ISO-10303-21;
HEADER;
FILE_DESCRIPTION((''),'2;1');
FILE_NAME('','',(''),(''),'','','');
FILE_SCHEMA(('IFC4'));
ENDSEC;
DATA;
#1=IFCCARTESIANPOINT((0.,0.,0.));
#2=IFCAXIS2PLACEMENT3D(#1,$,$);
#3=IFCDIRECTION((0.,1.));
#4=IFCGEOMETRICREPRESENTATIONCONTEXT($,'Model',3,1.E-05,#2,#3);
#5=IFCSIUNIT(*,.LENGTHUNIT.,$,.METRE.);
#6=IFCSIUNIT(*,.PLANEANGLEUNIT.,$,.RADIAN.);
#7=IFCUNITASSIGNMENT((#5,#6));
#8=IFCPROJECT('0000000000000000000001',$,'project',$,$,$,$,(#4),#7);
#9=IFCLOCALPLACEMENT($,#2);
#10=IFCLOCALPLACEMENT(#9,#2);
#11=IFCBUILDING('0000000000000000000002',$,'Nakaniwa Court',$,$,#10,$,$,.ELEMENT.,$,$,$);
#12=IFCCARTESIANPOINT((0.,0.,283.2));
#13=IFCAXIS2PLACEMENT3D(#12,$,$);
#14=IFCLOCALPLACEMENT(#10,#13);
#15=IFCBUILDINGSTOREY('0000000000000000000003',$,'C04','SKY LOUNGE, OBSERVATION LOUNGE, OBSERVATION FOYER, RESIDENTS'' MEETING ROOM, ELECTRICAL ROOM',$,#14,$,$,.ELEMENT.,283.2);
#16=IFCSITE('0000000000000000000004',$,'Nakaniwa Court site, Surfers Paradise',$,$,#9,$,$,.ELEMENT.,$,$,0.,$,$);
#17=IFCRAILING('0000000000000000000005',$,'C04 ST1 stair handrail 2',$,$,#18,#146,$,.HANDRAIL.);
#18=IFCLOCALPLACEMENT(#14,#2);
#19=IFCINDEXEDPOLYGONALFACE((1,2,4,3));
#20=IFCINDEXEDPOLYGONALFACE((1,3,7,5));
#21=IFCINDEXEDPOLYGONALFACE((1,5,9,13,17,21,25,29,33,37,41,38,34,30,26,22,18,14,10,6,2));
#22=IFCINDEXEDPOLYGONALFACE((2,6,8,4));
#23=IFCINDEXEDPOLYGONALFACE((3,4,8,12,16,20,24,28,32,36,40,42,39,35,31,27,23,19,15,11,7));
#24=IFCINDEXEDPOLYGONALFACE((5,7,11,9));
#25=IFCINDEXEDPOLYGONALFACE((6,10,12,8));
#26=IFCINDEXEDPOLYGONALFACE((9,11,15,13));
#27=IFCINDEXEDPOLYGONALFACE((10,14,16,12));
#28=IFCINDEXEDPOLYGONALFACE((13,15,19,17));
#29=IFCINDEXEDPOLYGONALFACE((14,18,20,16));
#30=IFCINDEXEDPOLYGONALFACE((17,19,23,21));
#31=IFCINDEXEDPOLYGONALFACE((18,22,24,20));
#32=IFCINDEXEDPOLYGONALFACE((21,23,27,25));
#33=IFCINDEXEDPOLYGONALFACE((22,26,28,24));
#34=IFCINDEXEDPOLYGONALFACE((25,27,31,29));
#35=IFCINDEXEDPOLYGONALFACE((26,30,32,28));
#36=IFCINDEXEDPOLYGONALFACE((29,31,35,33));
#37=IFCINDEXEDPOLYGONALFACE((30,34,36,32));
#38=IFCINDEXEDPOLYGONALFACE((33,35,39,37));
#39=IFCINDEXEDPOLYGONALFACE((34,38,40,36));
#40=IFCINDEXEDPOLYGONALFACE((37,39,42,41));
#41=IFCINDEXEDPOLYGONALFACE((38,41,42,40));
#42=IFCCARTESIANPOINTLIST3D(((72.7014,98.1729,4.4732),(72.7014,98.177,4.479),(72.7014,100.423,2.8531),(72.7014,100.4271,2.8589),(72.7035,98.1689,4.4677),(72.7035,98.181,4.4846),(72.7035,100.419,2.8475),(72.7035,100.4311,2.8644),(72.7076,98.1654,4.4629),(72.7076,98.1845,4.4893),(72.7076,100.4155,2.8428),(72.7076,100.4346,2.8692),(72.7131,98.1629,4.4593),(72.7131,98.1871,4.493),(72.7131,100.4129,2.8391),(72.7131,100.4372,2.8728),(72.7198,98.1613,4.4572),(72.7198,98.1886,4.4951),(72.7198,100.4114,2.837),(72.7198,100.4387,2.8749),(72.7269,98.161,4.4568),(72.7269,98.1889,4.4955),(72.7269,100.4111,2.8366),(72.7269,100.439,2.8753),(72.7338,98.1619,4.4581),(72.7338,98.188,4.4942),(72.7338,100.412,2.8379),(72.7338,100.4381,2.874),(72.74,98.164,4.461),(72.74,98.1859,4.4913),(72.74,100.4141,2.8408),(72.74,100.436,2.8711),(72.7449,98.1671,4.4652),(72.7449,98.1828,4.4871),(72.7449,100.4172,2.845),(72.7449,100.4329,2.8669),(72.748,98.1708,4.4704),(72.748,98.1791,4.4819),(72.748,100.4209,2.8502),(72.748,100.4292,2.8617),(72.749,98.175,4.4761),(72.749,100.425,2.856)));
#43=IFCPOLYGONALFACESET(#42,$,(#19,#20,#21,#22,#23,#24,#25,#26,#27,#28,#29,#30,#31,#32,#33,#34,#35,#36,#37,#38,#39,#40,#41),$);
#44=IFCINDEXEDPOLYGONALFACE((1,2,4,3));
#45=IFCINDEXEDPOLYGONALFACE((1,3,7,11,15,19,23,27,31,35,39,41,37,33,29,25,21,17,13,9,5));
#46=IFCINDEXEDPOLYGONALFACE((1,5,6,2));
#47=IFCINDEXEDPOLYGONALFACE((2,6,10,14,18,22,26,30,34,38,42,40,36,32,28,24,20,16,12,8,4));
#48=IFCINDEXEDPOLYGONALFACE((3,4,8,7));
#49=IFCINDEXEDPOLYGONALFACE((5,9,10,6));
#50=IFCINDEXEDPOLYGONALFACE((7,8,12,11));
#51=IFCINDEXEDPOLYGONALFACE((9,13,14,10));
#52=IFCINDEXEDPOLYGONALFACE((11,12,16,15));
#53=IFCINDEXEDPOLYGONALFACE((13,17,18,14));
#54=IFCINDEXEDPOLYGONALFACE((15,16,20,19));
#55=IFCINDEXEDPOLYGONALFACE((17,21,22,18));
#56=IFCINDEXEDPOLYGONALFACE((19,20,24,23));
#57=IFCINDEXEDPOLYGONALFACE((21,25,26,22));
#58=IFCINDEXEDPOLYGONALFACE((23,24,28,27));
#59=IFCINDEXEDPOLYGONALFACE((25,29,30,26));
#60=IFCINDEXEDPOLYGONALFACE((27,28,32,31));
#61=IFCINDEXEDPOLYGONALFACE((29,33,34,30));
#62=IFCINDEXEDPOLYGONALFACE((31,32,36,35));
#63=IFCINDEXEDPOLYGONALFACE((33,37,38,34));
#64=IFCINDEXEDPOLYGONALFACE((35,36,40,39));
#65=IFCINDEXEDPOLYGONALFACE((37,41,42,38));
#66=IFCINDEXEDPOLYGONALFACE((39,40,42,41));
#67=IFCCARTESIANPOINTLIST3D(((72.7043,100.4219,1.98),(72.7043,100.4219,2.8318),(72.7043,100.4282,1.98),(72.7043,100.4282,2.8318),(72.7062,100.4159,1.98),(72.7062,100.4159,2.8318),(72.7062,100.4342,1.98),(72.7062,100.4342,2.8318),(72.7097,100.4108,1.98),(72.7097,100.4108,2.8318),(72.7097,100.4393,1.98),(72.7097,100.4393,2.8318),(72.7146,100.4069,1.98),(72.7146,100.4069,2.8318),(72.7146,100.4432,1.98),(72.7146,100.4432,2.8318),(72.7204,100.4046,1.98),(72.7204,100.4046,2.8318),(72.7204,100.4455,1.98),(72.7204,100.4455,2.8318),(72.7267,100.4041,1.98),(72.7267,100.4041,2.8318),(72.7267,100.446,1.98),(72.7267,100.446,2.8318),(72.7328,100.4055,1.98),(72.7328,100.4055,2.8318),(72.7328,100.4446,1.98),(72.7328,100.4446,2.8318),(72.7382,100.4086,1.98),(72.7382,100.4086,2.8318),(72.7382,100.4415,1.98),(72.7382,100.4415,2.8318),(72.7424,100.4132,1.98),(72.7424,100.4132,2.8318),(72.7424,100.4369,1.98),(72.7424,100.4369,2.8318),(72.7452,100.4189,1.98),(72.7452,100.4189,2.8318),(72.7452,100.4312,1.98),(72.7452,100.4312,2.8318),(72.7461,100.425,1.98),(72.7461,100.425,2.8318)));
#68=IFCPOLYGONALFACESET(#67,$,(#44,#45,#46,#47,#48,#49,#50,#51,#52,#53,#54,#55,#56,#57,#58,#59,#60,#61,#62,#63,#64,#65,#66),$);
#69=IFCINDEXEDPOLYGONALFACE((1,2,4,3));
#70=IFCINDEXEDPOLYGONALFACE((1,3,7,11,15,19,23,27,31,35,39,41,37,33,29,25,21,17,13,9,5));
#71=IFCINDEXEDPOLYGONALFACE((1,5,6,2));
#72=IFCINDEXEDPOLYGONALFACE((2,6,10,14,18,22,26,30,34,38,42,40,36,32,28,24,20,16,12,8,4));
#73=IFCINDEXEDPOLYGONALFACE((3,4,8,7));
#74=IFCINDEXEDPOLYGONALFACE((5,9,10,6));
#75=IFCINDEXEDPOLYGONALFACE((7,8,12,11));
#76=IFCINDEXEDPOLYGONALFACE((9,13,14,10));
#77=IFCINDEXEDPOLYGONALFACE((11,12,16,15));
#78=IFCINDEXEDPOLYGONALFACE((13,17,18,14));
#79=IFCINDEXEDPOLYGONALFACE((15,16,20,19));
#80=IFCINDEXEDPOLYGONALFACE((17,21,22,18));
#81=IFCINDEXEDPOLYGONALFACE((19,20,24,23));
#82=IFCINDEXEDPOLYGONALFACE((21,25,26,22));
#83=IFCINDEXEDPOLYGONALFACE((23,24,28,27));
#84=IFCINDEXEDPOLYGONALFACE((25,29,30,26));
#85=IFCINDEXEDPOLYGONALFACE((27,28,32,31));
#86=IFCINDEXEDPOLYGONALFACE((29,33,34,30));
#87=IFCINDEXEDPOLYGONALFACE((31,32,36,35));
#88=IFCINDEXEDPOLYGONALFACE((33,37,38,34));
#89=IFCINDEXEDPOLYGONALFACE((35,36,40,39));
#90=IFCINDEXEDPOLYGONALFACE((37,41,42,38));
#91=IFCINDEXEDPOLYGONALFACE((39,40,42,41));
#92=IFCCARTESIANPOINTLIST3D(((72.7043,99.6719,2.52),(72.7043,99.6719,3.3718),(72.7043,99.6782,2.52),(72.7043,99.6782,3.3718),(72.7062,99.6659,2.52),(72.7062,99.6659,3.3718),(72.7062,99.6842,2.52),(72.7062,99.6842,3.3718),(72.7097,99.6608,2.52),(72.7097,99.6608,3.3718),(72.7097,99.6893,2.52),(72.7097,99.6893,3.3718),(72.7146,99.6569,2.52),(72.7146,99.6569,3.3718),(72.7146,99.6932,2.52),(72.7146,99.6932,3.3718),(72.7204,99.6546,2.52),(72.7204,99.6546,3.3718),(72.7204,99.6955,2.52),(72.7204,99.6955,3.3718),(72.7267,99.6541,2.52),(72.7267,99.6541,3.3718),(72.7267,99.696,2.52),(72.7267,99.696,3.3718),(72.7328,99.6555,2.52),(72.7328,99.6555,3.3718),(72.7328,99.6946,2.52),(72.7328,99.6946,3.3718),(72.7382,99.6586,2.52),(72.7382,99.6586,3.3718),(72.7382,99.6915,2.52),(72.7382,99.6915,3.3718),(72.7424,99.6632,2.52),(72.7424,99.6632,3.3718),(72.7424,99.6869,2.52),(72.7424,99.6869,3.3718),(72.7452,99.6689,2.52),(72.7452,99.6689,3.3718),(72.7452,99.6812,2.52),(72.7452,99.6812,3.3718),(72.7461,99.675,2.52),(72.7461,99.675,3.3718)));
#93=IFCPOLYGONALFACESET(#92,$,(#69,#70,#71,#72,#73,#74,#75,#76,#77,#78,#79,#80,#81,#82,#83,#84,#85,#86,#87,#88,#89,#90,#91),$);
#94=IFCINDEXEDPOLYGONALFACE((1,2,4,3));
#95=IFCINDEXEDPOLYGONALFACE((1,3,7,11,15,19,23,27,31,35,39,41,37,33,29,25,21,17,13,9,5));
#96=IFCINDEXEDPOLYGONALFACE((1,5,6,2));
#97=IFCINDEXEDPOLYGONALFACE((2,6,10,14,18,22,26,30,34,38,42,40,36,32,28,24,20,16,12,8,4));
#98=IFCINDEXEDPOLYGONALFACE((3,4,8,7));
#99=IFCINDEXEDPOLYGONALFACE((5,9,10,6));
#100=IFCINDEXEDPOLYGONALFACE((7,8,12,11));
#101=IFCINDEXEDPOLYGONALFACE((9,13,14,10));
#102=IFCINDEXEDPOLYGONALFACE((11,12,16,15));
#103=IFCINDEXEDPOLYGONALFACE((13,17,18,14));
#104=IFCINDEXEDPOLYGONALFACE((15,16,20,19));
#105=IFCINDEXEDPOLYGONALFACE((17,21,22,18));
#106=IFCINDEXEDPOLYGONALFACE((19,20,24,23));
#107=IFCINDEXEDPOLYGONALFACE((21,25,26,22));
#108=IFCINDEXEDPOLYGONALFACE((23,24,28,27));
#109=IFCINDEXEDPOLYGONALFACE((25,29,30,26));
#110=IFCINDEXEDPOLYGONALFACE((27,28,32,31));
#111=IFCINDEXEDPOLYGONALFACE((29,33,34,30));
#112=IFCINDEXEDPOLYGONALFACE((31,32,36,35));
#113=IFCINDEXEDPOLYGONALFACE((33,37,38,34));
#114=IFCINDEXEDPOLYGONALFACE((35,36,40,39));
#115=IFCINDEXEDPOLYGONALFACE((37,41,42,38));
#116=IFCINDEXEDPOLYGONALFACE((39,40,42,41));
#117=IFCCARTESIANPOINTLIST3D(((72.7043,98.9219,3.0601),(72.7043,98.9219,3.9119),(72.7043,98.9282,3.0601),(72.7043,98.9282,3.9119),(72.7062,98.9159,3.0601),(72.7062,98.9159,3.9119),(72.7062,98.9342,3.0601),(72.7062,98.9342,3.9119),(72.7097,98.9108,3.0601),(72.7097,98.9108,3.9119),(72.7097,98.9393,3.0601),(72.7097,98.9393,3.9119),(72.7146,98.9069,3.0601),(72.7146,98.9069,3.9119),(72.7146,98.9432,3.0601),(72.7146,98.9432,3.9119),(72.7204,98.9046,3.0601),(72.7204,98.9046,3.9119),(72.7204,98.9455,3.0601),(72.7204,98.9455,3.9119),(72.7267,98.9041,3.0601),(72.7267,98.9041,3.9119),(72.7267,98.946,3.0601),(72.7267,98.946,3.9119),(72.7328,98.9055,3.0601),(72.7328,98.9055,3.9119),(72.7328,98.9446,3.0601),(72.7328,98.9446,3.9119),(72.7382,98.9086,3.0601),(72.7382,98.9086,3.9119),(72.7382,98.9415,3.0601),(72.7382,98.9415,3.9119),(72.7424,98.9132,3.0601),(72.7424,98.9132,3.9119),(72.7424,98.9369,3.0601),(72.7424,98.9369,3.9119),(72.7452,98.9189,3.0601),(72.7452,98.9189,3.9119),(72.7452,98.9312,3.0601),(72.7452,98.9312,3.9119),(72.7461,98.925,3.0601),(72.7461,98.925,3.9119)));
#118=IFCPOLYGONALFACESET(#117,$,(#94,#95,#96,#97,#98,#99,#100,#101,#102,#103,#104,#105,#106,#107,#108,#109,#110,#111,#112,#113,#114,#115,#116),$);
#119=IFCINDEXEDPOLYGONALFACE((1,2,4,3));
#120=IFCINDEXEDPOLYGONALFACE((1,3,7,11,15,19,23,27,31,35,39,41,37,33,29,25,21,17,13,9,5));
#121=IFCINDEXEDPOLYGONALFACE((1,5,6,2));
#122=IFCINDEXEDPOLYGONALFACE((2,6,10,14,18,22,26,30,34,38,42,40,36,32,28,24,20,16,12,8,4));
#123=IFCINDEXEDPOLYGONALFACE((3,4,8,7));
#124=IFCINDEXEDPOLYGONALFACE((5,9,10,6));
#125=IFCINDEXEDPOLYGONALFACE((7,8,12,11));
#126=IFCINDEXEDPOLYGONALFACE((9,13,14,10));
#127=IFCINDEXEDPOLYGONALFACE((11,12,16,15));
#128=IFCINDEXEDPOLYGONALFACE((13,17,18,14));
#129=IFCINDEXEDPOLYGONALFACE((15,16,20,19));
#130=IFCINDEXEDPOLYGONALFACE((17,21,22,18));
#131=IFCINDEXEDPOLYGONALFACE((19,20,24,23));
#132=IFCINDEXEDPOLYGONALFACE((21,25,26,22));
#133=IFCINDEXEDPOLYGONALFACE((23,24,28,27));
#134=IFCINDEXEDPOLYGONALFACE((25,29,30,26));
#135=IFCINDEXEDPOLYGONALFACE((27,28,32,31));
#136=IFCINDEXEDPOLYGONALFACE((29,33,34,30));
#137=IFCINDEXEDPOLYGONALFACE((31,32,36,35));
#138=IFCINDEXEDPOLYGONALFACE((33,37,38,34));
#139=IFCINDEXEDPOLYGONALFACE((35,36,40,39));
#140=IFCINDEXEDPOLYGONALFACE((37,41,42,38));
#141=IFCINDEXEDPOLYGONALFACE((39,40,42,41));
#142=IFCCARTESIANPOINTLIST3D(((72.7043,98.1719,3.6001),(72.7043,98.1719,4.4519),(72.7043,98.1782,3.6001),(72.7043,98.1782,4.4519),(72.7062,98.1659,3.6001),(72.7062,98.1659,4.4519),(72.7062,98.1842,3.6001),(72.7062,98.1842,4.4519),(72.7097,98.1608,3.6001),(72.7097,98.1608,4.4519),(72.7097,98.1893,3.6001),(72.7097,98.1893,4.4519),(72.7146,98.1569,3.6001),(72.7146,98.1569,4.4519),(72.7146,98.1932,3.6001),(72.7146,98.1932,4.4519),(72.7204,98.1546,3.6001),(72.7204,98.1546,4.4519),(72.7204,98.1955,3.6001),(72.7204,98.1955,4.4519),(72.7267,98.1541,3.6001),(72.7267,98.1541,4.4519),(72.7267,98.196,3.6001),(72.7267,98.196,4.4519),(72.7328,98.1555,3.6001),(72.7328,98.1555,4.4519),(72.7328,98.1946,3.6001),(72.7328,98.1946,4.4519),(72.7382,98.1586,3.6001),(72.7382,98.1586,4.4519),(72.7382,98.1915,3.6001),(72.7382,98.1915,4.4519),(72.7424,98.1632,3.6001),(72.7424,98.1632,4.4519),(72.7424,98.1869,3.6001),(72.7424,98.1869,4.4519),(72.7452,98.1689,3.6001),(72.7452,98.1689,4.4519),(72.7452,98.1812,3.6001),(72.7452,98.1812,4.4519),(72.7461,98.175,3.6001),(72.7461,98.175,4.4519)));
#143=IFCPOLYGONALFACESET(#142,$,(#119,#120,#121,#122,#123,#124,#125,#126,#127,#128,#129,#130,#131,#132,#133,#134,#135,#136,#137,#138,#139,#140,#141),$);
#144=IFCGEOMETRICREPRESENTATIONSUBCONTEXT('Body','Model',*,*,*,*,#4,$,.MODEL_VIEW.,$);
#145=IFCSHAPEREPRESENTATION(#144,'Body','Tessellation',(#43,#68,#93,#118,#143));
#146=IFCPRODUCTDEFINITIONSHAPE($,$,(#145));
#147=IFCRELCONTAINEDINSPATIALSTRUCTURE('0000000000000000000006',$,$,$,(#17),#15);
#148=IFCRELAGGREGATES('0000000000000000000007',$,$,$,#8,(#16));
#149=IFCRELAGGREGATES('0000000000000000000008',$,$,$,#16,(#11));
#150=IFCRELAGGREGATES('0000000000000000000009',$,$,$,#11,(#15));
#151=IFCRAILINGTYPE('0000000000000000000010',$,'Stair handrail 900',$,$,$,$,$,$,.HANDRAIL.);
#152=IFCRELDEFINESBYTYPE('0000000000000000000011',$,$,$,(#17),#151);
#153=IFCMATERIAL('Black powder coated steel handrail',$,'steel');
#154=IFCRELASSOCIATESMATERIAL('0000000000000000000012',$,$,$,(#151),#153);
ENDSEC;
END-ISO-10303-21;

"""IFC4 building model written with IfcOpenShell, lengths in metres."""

from ifc_helpers import new_model, si_unit, direction, frame, origin, origin_2d, place, context, subcontext, project, spatial, circle, extrude, material, type_object, element, save


model = new_model("IFC4")

# Units and contexts
model_context = context("Model", 3, precision=1e-05, world=origin(), true_north=direction((0.0, 1.0)))
body_context = subcontext(model_context, "Body", "Model", "MODEL_VIEW")
ifc_project = project(units=[si_unit("LENGTHUNIT", "METRE"), si_unit("PLANEANGLEUNIT", "RADIAN")], contexts=[model_context])

# Site, building, storey
site_placement = place(None, origin())
site = spatial("IfcSite", under=ifc_project, at=site_placement, Name="Nakaniwa Court site, Surfers Paradise", CompositionType="ELEMENT", RefElevation=0.0)
building_placement = place(site_placement, origin())
building = spatial("IfcBuilding", under=site, at=building_placement, Name="Nakaniwa Court", CompositionType="ELEMENT")
storey_placement = place(building_placement, frame((0.0, 0.0, 283.2)))
storey = spatial("IfcBuildingStorey", under=building, at=storey_placement, Name="C04", Description="SKY LOUNGE, OBSERVATION LOUNGE, OBSERVATION FOYER, RESIDENTS' MEETING ROOM, ELECTRICAL ROOM", CompositionType="ELEMENT", Elevation=283.2)

# Railing
ifc_material_1 = material(Name="Black powder coated steel handrail", Category="steel")
railing_type_1 = type_object("IfcRailingType", Name="Stair handrail 900", PredefinedType="HANDRAIL", material=ifc_material_1)
railing_1_placement = place(storey_placement, frame((72.7251, 100.425, 1.98)))
element("IfcRailing", 1, at=railing_1_placement, inside=storey, type_object=railing_type_1, Name="C04 ST1 stair handrail 2", PredefinedType="HANDRAIL", context=body_context, shape_type="SweptSolid", body=[
    extrude(circle(Radius=0.0239, at=origin_2d()), frame((0.0, 0.0, 0.876), z_axis=(0.0, -0.811514, 0.584333), x_axis=(1.0, 0.0, 0.0)), (0.0, 0.0, 1.0), 2.7727),
    extrude(circle(Radius=0.021, at=origin_2d()), origin(), (0.0, 0.0, 1.0), 0.8518),
    extrude(circle(Radius=0.021, at=origin_2d()), frame((0.0, -0.75, 0.54)), (0.0, 0.0, 1.0), 0.8518),
    extrude(circle(Radius=0.021, at=origin_2d()), frame((0.0, -1.5, 1.0801)), (0.0, 0.0, 1.0), 0.8518),
    extrude(circle(Radius=0.021, at=origin_2d()), frame((0.0, -2.25, 1.6201)), (0.0, 0.0, 1.0), 0.8518),
])

save(model, "model.ifc")
